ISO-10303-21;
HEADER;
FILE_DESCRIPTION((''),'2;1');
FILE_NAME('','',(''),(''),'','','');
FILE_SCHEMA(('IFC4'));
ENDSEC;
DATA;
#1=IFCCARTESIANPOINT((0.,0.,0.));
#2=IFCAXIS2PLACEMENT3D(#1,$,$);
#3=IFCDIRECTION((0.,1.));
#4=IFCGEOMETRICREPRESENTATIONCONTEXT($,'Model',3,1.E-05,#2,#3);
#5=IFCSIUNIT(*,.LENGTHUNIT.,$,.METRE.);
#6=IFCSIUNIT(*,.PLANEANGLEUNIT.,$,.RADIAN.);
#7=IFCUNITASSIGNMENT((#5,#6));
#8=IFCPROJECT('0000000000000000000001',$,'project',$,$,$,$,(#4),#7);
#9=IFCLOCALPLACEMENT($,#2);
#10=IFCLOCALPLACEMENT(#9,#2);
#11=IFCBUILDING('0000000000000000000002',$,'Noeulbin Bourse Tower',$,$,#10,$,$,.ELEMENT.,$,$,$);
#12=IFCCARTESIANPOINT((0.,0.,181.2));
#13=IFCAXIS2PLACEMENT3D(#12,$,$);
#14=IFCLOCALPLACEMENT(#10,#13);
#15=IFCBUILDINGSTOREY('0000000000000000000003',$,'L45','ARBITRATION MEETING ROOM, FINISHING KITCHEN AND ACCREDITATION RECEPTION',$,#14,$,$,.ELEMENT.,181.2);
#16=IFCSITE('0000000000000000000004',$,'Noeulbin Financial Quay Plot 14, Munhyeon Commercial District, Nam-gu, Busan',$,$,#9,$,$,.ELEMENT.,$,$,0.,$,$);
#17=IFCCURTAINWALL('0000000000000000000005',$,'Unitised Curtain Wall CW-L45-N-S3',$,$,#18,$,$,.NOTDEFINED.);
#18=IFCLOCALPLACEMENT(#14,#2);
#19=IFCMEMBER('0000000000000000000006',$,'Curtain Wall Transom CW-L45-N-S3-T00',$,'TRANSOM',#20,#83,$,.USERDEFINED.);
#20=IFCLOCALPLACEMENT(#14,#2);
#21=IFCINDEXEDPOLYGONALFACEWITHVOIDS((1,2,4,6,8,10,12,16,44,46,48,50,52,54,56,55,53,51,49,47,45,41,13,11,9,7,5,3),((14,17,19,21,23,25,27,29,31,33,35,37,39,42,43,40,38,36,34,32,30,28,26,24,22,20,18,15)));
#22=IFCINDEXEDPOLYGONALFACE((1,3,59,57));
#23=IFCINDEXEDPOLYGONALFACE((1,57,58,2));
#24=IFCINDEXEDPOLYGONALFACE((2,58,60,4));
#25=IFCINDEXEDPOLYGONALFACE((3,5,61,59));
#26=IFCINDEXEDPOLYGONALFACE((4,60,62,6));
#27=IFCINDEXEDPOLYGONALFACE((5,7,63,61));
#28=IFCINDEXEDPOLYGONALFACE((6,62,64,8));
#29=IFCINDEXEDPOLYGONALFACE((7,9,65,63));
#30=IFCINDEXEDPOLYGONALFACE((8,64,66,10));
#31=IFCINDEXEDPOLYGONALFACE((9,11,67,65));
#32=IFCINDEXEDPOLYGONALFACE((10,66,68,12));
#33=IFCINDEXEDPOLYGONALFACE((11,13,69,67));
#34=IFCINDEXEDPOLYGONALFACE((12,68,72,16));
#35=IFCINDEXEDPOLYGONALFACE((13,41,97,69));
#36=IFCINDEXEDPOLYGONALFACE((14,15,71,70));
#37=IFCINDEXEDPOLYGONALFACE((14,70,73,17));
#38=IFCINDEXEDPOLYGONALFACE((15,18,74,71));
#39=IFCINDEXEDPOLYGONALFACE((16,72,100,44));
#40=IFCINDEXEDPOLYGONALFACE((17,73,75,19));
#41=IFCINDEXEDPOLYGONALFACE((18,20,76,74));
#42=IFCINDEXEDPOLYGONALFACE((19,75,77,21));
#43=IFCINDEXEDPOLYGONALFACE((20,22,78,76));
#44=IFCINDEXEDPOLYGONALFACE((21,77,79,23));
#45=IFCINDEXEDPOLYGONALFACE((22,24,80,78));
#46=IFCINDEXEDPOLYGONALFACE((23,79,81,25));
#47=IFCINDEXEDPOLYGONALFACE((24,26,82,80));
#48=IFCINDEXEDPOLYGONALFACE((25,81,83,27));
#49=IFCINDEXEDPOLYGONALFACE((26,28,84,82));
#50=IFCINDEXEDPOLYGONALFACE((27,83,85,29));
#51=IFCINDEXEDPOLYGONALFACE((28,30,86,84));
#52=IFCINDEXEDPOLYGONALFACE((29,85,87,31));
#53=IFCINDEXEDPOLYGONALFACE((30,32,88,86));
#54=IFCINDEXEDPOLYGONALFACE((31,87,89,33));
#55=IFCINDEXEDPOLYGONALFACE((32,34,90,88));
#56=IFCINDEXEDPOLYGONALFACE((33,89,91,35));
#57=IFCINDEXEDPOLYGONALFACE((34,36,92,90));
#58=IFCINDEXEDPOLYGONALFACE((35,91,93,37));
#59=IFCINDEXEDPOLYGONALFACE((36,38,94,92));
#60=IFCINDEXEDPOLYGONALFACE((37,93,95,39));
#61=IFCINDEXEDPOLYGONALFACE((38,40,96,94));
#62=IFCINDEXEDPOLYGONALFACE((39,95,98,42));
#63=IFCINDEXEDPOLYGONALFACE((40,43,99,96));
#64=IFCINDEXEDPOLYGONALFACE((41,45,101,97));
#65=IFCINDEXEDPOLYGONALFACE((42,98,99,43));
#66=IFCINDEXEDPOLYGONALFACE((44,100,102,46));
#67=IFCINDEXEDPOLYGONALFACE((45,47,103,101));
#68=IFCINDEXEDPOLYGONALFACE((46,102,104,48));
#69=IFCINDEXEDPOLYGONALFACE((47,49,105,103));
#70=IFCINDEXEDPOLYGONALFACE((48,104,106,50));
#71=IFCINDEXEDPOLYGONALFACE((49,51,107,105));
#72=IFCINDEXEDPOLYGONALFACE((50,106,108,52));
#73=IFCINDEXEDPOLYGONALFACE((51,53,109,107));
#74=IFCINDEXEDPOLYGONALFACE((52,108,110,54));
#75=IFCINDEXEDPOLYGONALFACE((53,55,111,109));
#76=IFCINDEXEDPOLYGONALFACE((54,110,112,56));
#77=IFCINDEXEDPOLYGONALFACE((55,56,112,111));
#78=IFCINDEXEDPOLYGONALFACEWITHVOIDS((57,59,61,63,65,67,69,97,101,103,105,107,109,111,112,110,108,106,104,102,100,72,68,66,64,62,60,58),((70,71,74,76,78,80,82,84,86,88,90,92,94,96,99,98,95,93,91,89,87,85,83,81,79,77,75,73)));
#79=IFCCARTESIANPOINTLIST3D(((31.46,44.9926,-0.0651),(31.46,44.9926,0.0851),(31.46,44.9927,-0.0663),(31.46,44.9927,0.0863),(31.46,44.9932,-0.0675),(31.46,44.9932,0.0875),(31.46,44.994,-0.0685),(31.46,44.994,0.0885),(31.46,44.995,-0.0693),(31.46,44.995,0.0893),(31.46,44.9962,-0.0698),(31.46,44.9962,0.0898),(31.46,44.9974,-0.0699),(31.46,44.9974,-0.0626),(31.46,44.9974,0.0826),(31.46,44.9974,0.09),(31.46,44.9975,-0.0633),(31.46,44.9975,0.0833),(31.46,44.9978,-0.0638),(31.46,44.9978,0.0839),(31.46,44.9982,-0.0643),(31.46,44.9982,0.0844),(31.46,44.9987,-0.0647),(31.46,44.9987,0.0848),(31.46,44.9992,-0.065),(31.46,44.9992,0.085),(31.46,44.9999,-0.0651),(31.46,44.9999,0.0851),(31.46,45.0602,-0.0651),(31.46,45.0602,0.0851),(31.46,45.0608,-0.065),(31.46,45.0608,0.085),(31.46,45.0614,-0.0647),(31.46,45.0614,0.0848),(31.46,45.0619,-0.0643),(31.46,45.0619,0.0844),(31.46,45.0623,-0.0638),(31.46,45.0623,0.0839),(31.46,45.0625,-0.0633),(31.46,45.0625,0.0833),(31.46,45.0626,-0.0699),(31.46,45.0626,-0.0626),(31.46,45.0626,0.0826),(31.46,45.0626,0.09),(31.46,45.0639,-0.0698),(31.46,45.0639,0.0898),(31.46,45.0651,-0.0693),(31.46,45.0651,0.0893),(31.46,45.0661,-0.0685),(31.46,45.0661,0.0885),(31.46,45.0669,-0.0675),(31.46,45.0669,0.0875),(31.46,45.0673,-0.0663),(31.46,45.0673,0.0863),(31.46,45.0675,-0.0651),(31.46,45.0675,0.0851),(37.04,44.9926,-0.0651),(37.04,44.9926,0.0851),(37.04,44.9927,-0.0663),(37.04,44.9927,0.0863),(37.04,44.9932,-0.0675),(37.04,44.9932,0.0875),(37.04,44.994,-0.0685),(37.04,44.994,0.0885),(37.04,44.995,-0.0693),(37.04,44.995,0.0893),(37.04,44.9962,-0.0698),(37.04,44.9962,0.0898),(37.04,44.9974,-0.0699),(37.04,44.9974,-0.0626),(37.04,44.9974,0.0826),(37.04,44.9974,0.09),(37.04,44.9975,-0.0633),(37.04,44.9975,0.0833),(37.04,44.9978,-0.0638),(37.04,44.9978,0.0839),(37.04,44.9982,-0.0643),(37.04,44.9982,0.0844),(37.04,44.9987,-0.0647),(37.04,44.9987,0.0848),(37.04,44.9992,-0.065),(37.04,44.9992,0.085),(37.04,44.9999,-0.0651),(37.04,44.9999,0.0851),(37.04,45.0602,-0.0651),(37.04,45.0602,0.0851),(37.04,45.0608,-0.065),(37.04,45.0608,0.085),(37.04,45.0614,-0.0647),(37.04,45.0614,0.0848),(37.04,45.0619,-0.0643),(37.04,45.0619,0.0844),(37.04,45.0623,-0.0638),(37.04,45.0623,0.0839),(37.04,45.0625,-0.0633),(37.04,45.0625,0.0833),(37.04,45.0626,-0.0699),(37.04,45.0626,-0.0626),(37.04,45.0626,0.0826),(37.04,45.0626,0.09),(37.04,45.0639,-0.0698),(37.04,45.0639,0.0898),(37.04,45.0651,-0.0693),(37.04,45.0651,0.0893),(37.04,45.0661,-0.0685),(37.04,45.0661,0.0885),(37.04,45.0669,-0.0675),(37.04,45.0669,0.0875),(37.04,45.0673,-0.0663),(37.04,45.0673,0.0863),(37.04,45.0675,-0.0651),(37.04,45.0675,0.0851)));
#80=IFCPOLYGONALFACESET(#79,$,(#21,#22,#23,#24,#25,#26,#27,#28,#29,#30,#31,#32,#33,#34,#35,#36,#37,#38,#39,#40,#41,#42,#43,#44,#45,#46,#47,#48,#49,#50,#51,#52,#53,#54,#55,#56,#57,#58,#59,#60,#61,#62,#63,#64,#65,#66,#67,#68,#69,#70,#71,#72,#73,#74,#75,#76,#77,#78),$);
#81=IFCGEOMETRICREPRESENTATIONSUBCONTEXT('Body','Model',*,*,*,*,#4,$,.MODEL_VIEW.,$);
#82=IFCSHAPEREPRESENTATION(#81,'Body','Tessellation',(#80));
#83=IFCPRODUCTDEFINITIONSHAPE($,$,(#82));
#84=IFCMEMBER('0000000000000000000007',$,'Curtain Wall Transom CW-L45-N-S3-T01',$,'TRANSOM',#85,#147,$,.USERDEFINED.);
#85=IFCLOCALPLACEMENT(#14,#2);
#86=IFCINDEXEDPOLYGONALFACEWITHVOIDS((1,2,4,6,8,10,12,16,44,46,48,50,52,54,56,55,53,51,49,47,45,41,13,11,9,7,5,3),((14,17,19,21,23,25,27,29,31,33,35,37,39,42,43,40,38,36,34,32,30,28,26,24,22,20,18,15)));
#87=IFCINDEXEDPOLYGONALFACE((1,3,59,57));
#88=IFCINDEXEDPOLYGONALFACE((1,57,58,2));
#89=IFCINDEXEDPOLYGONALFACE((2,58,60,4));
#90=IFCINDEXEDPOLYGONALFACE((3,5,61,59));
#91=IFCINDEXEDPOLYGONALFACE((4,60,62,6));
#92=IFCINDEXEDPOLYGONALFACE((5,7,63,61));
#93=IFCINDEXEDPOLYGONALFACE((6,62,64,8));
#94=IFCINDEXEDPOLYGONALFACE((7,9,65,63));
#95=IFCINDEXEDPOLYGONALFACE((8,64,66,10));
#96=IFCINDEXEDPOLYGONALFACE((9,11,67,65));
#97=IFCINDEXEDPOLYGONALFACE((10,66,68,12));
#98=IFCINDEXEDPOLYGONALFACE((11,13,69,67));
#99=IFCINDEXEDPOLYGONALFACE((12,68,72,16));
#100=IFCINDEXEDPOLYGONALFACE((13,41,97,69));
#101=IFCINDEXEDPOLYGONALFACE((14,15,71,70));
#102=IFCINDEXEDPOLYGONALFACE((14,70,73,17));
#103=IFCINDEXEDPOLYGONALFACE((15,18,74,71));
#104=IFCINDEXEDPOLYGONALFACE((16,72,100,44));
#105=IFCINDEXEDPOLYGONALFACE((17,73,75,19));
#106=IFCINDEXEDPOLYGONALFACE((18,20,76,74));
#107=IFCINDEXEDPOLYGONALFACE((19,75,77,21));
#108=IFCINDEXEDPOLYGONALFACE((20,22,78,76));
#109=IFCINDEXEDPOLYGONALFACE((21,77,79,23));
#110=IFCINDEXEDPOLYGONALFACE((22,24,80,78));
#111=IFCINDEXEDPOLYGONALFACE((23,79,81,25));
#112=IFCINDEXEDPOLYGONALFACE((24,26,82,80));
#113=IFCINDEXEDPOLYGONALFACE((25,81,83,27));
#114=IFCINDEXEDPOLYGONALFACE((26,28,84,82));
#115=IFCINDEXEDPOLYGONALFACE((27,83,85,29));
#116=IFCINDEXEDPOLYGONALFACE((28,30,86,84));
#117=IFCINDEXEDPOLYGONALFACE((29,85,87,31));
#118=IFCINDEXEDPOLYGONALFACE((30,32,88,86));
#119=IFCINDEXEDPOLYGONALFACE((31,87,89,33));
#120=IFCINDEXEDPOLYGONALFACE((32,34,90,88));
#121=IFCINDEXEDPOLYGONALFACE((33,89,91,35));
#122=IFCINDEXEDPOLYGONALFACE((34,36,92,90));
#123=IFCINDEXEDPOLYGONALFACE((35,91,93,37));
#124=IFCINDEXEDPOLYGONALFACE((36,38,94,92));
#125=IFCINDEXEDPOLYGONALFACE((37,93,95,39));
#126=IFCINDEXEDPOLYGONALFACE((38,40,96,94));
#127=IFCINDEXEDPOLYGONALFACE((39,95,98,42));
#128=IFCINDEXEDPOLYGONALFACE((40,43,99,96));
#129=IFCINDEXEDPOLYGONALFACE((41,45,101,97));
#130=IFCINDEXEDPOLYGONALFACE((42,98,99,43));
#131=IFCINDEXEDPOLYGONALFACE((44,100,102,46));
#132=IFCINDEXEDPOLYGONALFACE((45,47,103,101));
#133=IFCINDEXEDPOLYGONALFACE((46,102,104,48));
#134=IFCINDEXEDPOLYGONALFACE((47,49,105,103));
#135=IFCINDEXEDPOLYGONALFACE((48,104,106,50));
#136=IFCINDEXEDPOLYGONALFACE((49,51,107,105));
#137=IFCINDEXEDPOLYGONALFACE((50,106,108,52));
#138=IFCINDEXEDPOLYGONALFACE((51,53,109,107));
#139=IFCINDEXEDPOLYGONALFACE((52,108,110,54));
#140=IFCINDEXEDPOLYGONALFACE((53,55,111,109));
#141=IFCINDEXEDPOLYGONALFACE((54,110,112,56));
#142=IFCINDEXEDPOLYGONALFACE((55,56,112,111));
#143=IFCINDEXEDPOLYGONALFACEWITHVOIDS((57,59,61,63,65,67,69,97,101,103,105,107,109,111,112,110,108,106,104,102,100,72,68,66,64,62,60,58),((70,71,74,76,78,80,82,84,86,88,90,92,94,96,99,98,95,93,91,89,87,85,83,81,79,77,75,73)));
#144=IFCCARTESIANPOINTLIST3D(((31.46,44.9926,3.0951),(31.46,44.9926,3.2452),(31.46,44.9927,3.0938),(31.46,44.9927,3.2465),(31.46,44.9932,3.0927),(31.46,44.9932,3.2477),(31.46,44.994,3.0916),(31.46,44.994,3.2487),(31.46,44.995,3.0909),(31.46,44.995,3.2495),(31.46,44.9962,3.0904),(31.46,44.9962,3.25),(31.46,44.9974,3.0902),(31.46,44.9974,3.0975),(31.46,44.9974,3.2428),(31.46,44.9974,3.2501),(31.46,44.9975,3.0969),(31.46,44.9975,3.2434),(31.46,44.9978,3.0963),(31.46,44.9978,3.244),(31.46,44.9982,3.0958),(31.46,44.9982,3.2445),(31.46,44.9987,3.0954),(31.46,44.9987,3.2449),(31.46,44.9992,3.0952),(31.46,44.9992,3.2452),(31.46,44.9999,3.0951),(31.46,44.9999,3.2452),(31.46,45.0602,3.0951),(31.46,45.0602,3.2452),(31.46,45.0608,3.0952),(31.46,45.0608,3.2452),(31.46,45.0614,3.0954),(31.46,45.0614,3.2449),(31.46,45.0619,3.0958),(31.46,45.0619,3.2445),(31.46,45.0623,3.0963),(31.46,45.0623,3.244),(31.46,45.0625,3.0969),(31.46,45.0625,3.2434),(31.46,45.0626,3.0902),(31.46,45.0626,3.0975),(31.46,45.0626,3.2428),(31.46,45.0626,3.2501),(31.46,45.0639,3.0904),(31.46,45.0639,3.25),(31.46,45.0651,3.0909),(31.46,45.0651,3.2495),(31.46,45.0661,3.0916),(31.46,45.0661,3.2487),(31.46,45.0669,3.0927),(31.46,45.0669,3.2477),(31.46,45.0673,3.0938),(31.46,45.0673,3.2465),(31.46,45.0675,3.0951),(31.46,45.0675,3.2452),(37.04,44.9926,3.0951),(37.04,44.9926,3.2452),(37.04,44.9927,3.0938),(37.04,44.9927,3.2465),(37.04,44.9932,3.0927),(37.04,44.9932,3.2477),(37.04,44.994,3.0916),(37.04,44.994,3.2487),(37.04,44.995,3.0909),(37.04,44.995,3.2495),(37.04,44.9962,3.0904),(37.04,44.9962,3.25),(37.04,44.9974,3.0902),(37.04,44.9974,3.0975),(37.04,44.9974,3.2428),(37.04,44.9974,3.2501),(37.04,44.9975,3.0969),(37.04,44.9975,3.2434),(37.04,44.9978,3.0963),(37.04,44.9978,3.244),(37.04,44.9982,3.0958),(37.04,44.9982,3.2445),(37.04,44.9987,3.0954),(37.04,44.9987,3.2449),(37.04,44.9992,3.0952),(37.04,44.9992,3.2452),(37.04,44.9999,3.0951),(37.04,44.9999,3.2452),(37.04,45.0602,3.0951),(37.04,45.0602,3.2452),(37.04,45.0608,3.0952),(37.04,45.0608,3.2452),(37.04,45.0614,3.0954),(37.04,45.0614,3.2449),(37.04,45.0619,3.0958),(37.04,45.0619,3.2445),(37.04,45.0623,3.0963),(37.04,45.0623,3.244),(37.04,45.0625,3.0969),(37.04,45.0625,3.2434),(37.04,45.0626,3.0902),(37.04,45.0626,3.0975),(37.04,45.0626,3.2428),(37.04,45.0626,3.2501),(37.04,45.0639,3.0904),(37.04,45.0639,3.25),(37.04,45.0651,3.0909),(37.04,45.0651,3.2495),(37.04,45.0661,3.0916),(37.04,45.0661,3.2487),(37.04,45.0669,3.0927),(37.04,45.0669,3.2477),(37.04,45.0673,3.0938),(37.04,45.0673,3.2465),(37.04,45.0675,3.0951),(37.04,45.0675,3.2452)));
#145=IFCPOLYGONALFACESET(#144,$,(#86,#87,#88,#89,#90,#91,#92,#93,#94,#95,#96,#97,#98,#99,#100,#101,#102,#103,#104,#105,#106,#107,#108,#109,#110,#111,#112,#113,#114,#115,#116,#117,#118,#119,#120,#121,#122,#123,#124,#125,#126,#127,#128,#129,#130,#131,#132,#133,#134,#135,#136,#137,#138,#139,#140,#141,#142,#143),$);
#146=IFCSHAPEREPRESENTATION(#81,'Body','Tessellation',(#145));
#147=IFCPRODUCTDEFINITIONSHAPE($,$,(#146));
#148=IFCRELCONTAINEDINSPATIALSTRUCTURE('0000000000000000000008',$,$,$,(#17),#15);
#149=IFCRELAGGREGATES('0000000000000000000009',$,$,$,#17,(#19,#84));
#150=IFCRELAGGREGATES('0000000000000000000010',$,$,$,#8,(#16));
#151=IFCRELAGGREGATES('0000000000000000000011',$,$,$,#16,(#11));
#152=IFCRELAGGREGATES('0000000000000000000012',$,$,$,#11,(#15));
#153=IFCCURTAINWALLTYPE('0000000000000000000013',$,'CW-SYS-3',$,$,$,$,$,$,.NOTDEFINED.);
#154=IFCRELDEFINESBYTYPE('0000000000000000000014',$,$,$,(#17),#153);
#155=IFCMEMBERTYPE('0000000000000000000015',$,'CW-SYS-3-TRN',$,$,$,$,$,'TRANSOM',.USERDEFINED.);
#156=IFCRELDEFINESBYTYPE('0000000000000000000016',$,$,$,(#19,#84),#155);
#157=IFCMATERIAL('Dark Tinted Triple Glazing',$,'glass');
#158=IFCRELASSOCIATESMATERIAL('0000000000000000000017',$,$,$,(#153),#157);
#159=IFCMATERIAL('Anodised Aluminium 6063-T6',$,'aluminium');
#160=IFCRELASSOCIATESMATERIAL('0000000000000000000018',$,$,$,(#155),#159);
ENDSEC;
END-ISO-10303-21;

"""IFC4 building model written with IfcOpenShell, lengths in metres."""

from ifc_helpers import new_model, si_unit, direction, frame, origin, origin_2d, place, context, subcontext, project, spatial, hollow_rectangle, extrude, material, material_profile, profile_set, type_object, element, aggregate, save


model = new_model("IFC4")

# Units and contexts
model_context = context("Model", 3, precision=1e-05, world=origin(), true_north=direction((0.0, 1.0)))
body_context = subcontext(model_context, "Body", "Model", "MODEL_VIEW")
ifc_project = project(units=[si_unit("LENGTHUNIT", "METRE"), si_unit("PLANEANGLEUNIT", "RADIAN")], contexts=[model_context])

# Site, building, storey
site_placement = place(None, origin())
site = spatial("IfcSite", under=ifc_project, at=site_placement, Name="Noeulbin Financial Quay Plot 14, Munhyeon Commercial District, Nam-gu, Busan", CompositionType="ELEMENT", RefElevation=0.0)
building_placement = place(site_placement, origin())
building = spatial("IfcBuilding", under=site, at=building_placement, Name="Noeulbin Bourse Tower", CompositionType="ELEMENT")
storey_placement = place(building_placement, frame((0.0, 0.0, 181.2)))
storey = spatial("IfcBuildingStorey", under=building, at=storey_placement, Name="L45", Description="ARBITRATION MEETING ROOM, FINISHING KITCHEN AND ACCREDITATION RECEPTION", CompositionType="ELEMENT", Elevation=181.2)

# Shared definitions
ifc_material_1 = material(Name="Dark Tinted Triple Glazing", Category="glass")
curtain_wall_type = type_object("IfcCurtainWallType", Name="CW-SYS-3", PredefinedType="NOTDEFINED", material=ifc_material_1)
ifc_material_2 = material(Name="Anodised Aluminium 6063-T6", Category="aluminium")

# Curtain wall
curtain_wall_1_placement = place(storey_placement, origin())
curtain_wall_1 = element("IfcCurtainWall", 1, at=curtain_wall_1_placement, inside=storey, type_object=curtain_wall_type, Name="Unitised Curtain Wall CW-L45-N-S3", PredefinedType="NOTDEFINED")

# Members
ifc_material_profile_1 = material_profile(ifc_material_2, hollow_rectangle(XDim=0.075, YDim=0.1599, WallThickness=0.0049, InnerFilletRadius=0.0024, OuterFilletRadius=0.0049, at=origin_2d()), Name="ALU-TRAN-75x160x5", Category="LoadBearing")
ifc_profile_set_1 = profile_set([ifc_material_profile_1], Name="Anodised Aluminium 6063-T6")
member_type_1 = type_object("IfcMemberType", Name="CW-SYS-3-TRN", ElementType="TRANSOM", PredefinedType="USERDEFINED", material=ifc_profile_set_1)
member_1_placement = place(storey_placement, frame((31.46, 45.03, 0.01), z_axis=(1.0, 0.0, 0.0), x_axis=(0.0, 1.0, 0.0)))
member_1 = element("IfcMember", 2, at=member_1_placement, type_object=member_type_1, Name="Curtain Wall Transom CW-L45-N-S3-T00", ObjectType="TRANSOM", PredefinedType="USERDEFINED", context=body_context, shape_type="SweptSolid", body=[
    extrude(hollow_rectangle(XDim=0.075, YDim=0.1599, WallThickness=0.0049, InnerFilletRadius=0.0024, OuterFilletRadius=0.0049, at=origin_2d()), origin(), (0.0, 0.0, 1.0), 5.5801),
])
member_2_placement = place(storey_placement, frame((31.46, 45.03, 3.1702), z_axis=(1.0, 0.0, 0.0), x_axis=(0.0, 1.0, 0.0)))
member_2 = element("IfcMember", 3, at=member_2_placement, type_object=member_type_1, Name="Curtain Wall Transom CW-L45-N-S3-T01", ObjectType="TRANSOM", PredefinedType="USERDEFINED", context=body_context, shape_type="SweptSolid", body=[
    extrude(hollow_rectangle(XDim=0.075, YDim=0.1599, WallThickness=0.0049, InnerFilletRadius=0.0024, OuterFilletRadius=0.0049, at=origin_2d()), origin(), (0.0, 0.0, 1.0), 5.5801),
])

aggregate(curtain_wall_1, [member_1, member_2])

save(model, "model.ifc")
